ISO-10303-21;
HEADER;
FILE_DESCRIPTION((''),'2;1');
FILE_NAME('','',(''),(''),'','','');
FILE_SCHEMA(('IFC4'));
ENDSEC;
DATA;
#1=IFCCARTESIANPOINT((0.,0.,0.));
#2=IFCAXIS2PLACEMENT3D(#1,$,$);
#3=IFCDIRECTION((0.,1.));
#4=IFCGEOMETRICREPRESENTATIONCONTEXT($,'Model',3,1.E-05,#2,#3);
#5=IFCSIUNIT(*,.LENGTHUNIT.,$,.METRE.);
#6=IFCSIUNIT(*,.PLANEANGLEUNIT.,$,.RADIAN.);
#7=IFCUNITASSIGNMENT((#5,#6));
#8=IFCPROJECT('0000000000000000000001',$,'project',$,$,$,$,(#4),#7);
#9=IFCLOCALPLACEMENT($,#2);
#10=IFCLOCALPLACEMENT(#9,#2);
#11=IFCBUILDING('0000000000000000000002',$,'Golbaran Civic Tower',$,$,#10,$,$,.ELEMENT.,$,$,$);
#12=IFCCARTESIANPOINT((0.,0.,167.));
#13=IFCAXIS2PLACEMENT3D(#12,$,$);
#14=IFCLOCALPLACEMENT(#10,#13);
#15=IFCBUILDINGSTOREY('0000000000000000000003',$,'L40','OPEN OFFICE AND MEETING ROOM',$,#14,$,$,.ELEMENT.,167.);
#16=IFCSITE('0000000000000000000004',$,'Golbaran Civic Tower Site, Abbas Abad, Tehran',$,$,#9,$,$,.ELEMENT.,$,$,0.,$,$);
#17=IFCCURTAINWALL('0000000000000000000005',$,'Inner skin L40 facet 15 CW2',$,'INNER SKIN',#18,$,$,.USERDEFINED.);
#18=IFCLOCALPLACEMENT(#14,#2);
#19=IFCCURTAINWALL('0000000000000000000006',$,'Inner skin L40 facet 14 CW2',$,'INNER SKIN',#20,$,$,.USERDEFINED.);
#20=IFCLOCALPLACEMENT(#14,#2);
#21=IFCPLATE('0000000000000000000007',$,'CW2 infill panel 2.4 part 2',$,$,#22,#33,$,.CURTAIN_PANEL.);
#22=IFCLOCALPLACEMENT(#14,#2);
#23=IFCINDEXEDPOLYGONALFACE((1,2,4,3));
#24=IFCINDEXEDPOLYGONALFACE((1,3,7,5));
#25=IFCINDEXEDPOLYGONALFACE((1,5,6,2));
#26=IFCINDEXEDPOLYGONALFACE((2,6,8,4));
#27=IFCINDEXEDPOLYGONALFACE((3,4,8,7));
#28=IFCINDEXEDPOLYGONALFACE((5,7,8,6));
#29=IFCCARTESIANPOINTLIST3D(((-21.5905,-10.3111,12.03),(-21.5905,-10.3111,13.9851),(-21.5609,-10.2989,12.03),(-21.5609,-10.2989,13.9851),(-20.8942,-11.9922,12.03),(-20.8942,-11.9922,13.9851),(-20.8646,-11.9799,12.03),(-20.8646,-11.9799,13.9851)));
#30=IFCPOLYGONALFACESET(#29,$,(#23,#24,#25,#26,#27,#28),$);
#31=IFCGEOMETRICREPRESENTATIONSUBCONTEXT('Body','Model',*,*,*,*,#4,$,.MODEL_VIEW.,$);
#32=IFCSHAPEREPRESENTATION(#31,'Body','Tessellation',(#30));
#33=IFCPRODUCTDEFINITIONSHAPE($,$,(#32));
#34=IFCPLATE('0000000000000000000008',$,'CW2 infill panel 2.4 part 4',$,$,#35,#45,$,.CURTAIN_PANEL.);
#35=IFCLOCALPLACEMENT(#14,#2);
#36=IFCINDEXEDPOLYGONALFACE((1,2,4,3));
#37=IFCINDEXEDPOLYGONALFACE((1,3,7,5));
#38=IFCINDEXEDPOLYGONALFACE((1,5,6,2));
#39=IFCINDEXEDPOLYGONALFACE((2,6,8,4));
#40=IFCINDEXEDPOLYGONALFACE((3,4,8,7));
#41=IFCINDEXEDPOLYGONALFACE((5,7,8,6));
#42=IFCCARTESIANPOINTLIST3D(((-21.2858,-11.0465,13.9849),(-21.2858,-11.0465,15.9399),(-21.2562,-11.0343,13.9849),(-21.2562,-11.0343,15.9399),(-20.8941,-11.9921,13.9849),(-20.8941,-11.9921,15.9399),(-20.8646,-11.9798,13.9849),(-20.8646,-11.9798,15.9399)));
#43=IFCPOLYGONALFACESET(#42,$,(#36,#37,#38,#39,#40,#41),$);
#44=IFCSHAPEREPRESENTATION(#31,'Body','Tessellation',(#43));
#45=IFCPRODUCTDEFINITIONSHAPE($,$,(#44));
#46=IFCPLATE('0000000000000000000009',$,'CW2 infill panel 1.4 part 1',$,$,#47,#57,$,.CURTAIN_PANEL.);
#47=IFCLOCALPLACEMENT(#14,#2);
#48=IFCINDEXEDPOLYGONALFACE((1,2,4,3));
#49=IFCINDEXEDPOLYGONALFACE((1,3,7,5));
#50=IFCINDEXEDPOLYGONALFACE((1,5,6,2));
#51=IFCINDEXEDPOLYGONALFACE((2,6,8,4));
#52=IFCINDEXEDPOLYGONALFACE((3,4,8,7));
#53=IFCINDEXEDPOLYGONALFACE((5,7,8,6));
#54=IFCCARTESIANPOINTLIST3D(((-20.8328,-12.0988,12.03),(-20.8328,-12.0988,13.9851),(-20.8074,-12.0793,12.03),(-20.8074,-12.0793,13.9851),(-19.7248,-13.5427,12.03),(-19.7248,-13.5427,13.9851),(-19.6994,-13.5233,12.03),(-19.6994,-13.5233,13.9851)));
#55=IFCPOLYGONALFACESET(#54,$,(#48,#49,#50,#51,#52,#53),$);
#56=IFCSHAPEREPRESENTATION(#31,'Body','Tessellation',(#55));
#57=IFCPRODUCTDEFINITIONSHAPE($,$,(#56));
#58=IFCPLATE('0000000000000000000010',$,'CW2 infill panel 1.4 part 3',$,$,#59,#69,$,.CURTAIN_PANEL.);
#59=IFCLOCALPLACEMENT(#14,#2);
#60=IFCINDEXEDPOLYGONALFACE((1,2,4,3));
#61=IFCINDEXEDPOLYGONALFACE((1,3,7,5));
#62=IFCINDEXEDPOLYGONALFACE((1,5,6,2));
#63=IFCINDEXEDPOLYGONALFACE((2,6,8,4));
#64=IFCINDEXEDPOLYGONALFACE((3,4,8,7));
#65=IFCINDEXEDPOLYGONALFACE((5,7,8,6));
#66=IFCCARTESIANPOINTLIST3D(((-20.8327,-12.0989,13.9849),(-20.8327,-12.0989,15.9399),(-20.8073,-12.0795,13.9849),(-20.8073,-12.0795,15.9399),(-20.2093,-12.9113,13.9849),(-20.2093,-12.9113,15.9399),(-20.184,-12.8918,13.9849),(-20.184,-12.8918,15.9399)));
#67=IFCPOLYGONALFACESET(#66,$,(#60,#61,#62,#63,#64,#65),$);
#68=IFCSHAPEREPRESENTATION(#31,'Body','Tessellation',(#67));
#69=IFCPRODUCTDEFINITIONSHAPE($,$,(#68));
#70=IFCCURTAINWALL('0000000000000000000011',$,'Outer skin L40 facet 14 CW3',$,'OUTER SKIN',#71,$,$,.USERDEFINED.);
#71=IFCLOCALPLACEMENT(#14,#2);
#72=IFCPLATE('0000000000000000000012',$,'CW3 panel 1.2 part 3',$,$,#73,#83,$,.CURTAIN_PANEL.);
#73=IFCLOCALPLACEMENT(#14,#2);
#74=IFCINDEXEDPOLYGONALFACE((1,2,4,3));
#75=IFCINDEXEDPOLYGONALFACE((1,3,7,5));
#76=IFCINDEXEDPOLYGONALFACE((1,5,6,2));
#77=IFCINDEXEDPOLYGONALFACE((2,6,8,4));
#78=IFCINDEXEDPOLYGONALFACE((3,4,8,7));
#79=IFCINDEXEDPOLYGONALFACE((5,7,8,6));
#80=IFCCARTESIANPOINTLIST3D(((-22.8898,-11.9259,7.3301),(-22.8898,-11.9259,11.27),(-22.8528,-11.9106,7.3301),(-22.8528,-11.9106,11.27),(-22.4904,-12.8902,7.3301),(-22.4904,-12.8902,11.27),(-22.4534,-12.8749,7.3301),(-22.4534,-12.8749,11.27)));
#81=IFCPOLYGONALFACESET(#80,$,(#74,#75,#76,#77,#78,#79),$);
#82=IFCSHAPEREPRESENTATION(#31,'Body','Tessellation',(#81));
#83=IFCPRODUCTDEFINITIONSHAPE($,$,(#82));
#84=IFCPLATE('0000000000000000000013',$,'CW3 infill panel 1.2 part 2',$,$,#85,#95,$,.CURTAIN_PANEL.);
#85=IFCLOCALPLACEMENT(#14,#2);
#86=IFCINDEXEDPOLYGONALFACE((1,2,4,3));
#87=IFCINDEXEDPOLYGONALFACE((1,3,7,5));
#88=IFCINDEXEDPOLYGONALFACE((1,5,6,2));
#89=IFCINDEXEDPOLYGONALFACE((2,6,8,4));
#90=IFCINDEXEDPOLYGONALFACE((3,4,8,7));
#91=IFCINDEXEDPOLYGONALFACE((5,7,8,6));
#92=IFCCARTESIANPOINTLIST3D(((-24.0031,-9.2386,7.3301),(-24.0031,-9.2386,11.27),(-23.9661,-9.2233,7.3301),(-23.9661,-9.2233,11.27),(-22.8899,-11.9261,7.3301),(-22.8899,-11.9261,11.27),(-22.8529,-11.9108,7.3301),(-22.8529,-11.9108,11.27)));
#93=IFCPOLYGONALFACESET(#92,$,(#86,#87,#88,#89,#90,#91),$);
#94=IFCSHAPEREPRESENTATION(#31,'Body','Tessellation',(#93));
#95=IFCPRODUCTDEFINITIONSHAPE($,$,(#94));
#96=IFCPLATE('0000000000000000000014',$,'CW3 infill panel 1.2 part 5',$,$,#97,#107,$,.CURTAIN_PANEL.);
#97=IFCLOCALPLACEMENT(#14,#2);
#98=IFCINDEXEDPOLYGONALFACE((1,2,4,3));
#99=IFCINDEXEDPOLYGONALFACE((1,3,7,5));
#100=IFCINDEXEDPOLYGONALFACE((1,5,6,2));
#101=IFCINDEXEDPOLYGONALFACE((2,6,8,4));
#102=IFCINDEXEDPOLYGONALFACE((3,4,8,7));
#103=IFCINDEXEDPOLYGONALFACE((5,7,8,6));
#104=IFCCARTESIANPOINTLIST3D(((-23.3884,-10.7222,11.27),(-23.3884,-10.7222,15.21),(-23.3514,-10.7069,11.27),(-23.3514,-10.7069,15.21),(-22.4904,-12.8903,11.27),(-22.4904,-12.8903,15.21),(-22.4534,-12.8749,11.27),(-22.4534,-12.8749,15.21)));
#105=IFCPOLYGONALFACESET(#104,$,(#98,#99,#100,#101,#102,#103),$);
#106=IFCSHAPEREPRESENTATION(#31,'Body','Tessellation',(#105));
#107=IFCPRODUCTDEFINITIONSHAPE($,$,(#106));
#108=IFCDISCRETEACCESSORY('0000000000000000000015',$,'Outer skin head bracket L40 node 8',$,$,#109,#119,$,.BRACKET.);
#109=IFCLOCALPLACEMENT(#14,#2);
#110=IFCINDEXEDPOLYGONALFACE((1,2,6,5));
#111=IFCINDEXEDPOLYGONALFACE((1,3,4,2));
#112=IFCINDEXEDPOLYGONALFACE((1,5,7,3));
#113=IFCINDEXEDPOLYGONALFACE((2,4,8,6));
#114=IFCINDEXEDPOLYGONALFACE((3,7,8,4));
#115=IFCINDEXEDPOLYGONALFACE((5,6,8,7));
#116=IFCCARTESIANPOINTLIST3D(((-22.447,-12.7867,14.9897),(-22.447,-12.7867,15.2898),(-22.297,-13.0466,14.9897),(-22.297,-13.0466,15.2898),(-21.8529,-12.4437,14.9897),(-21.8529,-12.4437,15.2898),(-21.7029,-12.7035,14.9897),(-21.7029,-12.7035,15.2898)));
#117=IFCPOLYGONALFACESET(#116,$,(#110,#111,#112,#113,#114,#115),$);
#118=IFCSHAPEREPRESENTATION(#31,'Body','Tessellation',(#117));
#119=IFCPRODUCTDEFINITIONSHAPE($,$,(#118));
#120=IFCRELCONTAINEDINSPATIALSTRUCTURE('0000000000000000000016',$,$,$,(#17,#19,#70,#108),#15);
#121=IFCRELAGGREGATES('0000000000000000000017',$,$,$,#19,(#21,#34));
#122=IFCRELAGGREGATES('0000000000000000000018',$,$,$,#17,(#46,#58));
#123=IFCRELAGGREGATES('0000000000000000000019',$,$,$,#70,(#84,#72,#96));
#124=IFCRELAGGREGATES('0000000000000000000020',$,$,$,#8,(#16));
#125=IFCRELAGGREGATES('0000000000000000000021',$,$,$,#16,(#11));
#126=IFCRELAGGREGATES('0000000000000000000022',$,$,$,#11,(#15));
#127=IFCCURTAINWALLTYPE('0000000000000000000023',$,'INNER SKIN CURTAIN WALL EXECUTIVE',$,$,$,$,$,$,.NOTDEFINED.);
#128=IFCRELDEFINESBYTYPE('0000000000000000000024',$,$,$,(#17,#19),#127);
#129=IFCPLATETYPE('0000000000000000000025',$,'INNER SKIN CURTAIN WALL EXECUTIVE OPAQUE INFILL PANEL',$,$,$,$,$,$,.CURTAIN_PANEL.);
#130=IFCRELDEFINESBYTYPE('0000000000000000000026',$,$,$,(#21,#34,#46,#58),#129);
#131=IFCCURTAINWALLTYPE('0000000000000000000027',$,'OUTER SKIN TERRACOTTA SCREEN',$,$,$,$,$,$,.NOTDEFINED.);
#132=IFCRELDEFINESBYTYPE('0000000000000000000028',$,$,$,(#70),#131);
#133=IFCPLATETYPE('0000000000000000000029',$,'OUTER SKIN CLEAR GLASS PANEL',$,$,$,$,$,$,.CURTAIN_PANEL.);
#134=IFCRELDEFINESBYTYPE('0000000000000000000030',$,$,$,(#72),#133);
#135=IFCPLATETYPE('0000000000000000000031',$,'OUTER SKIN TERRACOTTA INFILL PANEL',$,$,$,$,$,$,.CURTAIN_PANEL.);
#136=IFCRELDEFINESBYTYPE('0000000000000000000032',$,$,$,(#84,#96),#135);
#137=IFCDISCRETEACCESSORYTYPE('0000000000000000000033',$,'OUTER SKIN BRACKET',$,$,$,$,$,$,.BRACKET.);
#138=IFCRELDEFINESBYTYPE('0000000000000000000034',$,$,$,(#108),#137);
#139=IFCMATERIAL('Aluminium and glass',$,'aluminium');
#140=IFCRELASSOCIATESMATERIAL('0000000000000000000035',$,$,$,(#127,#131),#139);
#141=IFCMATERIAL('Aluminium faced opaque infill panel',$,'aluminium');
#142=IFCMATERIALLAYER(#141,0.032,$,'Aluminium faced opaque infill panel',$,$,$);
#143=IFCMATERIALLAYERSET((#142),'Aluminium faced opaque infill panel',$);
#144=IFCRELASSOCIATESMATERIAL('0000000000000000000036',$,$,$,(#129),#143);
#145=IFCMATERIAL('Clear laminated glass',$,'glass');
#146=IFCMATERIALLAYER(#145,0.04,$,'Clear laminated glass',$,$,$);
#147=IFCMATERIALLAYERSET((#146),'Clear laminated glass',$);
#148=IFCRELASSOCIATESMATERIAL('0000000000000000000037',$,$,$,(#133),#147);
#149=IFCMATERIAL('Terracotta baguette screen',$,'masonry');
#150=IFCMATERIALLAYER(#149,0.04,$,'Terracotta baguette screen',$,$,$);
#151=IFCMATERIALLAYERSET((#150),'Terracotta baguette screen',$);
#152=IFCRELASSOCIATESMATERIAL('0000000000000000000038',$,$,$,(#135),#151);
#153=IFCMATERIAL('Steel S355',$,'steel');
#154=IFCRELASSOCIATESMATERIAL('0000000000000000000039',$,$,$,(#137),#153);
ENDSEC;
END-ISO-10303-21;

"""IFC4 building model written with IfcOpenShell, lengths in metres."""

from ifc_helpers import new_model, si_unit, direction, frame, origin, origin_2d, place, context, subcontext, project, spatial, rectangle, extrude, material, layer, layer_set, type_object, element, aggregate, save


model = new_model("IFC4")

# Units and contexts
model_context = context("Model", 3, precision=1e-05, world=origin(), true_north=direction((0.0, 1.0)))
body_context = subcontext(model_context, "Body", "Model", "MODEL_VIEW")
ifc_project = project(units=[si_unit("LENGTHUNIT", "METRE"), si_unit("PLANEANGLEUNIT", "RADIAN")], contexts=[model_context])

# Site, building, storey
site_placement = place(None, origin())
site = spatial("IfcSite", under=ifc_project, at=site_placement, Name="Golbaran Civic Tower Site, Abbas Abad, Tehran", CompositionType="ELEMENT", RefElevation=0.0)
building_placement = place(site_placement, origin())
building = spatial("IfcBuilding", under=site, at=building_placement, Name="Golbaran Civic Tower", CompositionType="ELEMENT")
storey_placement = place(building_placement, frame((0.0, 0.0, 167.0)))
storey = spatial("IfcBuildingStorey", under=building, at=storey_placement, Name="L40", Description="OPEN OFFICE AND MEETING ROOM", CompositionType="ELEMENT", Elevation=167.0)

# Curtain wall
ifc_material_1 = material(Name="Aluminium and glass", Category="aluminium")
curtain_wall_type_1 = type_object("IfcCurtainWallType", Name="INNER SKIN CURTAIN WALL EXECUTIVE", PredefinedType="NOTDEFINED", material=ifc_material_1)
curtain_wall_1_placement = place(storey_placement, origin())
curtain_wall_1 = element("IfcCurtainWall", 1, at=curtain_wall_1_placement, inside=storey, type_object=curtain_wall_type_1, Name="Inner skin L40 facet 15 CW2", ObjectType="INNER SKIN", PredefinedType="USERDEFINED")

# Curtain wall
curtain_wall_2_placement = place(storey_placement, origin())
curtain_wall_2 = element("IfcCurtainWall", 2, at=curtain_wall_2_placement, inside=storey, type_object=curtain_wall_type_1, Name="Inner skin L40 facet 14 CW2", ObjectType="INNER SKIN", PredefinedType="USERDEFINED")

# Plates
ifc_material_2 = material(Name="Aluminium faced opaque infill panel", Category="aluminium")
ifc_layer_1 = layer(ifc_material_2, 0.032, Name="Aluminium faced opaque infill panel")
ifc_layer_set_1 = layer_set([ifc_layer_1], Name="Aluminium faced opaque infill panel")
plate_type_1 = type_object("IfcPlateType", Name="INNER SKIN CURTAIN WALL EXECUTIVE OPAQUE INFILL PANEL", PredefinedType="CURTAIN_PANEL", material=ifc_layer_set_1)
plate_1_placement = place(storey_placement, frame((-21.2275, -11.1455, 12.03), z_axis=(0.0, 0.0, 1.0), x_axis=(0.382683, -0.92388, 0.0)))
plate_1 = element("IfcPlate", 3, at=plate_1_placement, type_object=plate_type_1, Name="CW2 infill panel 2.4 part 2", PredefinedType="CURTAIN_PANEL", context=body_context, shape_type="SweptSolid", body=[
    extrude(rectangle(XDim=1.8196, YDim=0.032, at=origin_2d()), origin(), (0.0, 0.0, 1.0), 1.9551),
])
plate_2_placement = place(storey_placement, frame((-21.0752, -11.5132, 13.9849), z_axis=(0.0, 0.0, 1.0), x_axis=(0.382683, -0.92388, 0.0)))
plate_2 = element("IfcPlate", 4, at=plate_2_placement, type_object=plate_type_1, Name="CW2 infill panel 2.4 part 4", PredefinedType="CURTAIN_PANEL", context=body_context, shape_type="SweptSolid", body=[
    extrude(rectangle(XDim=1.0234, YDim=0.032, at=origin_2d()), origin(), (0.0, 0.0, 1.0), 1.9551),
])
aggregate(curtain_wall_2, [plate_1, plate_2])
plate_3_placement = place(storey_placement, frame((-20.2661, -12.811, 12.03), z_axis=(0.0, 0.0, 1.0), x_axis=(0.608761, -0.793353, 0.0)))
plate_3 = element("IfcPlate", 5, at=plate_3_placement, type_object=plate_type_1, Name="CW2 infill panel 1.4 part 1", PredefinedType="CURTAIN_PANEL", context=body_context, shape_type="SweptSolid", body=[
    extrude(rectangle(XDim=1.8201, YDim=0.032, at=origin_2d()), origin(), (0.0, 0.0, 1.0), 1.9551),
])
plate_4_placement = place(storey_placement, frame((-20.5083, -12.4954, 13.9849), z_axis=(0.0, 0.0, 1.0), x_axis=(0.608761, -0.793353, 0.0)))
plate_4 = element("IfcPlate", 6, at=plate_4_placement, type_object=plate_type_1, Name="CW2 infill panel 1.4 part 3", PredefinedType="CURTAIN_PANEL", context=body_context, shape_type="SweptSolid", body=[
    extrude(rectangle(XDim=1.0239, YDim=0.032, at=origin_2d()), origin(), (0.0, 0.0, 1.0), 1.9551),
])
aggregate(curtain_wall_1, [plate_3, plate_4])

# Curtain wall, plates
curtain_wall_type_2 = type_object("IfcCurtainWallType", Name="OUTER SKIN TERRACOTTA SCREEN", PredefinedType="NOTDEFINED", material=ifc_material_1)
curtain_wall_3_placement = place(storey_placement, origin())
curtain_wall_3 = element("IfcCurtainWall", 7, at=curtain_wall_3_placement, inside=storey, type_object=curtain_wall_type_2, Name="Outer skin L40 facet 14 CW3", ObjectType="OUTER SKIN", PredefinedType="USERDEFINED")
ifc_material_3 = material(Name="Clear laminated glass", Category="glass")
ifc_layer_2 = layer(ifc_material_3, 0.04, Name="Clear laminated glass")
ifc_layer_set_2 = layer_set([ifc_layer_2], Name="Clear laminated glass")
plate_type_2 = type_object("IfcPlateType", Name="OUTER SKIN CLEAR GLASS PANEL", PredefinedType="CURTAIN_PANEL", material=ifc_layer_set_2)
plate_5_placement = place(storey_placement, frame((-22.6716, -12.4004, 7.3301), z_axis=(0.0, 0.0, 1.0), x_axis=(0.382683, -0.92388, 0.0)))
plate_5 = element("IfcPlate", 8, at=plate_5_placement, type_object=plate_type_2, Name="CW3 panel 1.2 part 3", PredefinedType="CURTAIN_PANEL", context=body_context, shape_type="SweptSolid", body=[
    extrude(rectangle(XDim=1.0437, YDim=0.04, at=origin_2d()), origin(), (0.0, 0.0, 1.0), 3.9399),
])
ifc_material_4 = material(Name="Terracotta baguette screen", Category="masonry")
ifc_layer_3 = layer(ifc_material_4, 0.04, Name="Terracotta baguette screen")
ifc_layer_set_3 = layer_set([ifc_layer_3], Name="Terracotta baguette screen")
plate_type_3 = type_object("IfcPlateType", Name="OUTER SKIN TERRACOTTA INFILL PANEL", PredefinedType="CURTAIN_PANEL", material=ifc_layer_set_3)
plate_6_placement = place(storey_placement, frame((-23.428, -10.5747, 7.3301), z_axis=(0.0, 0.0, 1.0), x_axis=(0.382683, -0.92388, 0.0)))
plate_6 = element("IfcPlate", 9, at=plate_6_placement, type_object=plate_type_3, Name="CW3 infill panel 1.2 part 2", PredefinedType="CURTAIN_PANEL", context=body_context, shape_type="SweptSolid", body=[
    extrude(rectangle(XDim=2.9089, YDim=0.04, at=origin_2d()), origin(), (0.0, 0.0, 1.0), 3.9399),
])
plate_7_placement = place(storey_placement, frame((-22.9209, -11.7986, 11.27), z_axis=(0.0, 0.0, 1.0), x_axis=(0.382683, -0.92388, 0.0)))
plate_7 = element("IfcPlate", 10, at=plate_7_placement, type_object=plate_type_3, Name="CW3 infill panel 1.2 part 5", PredefinedType="CURTAIN_PANEL", context=body_context, shape_type="SweptSolid", body=[
    extrude(rectangle(XDim=2.3467, YDim=0.04, at=origin_2d()), origin(), (0.0, 0.0, 1.0), 3.9399),
])
aggregate(curtain_wall_3, [plate_6, plate_5, plate_7])

# Discrete accessory
ifc_material_5 = material(Name="Steel S355", Category="steel")
discrete_accessory_type = type_object("IfcDiscreteAccessoryType", Name="OUTER SKIN BRACKET", PredefinedType="BRACKET", material=ifc_material_5)
discrete_accessory_placement = place(storey_placement, frame((-22.075, -12.7451, 14.9897), z_axis=(0.0, 0.0, 1.0), x_axis=(-0.866025, -0.5, 0.0)))
element("IfcDiscreteAccessory", 11, at=discrete_accessory_placement, inside=storey, type_object=discrete_accessory_type, Name="Outer skin head bracket L40 node 8", PredefinedType="BRACKET", context=body_context, shape_type="SweptSolid", body=[
    extrude(rectangle(XDim=0.686, YDim=0.3, at=origin_2d()), origin(), (0.0, 0.0, 1.0), 0.3),
])

save(model, "model.ifc")
